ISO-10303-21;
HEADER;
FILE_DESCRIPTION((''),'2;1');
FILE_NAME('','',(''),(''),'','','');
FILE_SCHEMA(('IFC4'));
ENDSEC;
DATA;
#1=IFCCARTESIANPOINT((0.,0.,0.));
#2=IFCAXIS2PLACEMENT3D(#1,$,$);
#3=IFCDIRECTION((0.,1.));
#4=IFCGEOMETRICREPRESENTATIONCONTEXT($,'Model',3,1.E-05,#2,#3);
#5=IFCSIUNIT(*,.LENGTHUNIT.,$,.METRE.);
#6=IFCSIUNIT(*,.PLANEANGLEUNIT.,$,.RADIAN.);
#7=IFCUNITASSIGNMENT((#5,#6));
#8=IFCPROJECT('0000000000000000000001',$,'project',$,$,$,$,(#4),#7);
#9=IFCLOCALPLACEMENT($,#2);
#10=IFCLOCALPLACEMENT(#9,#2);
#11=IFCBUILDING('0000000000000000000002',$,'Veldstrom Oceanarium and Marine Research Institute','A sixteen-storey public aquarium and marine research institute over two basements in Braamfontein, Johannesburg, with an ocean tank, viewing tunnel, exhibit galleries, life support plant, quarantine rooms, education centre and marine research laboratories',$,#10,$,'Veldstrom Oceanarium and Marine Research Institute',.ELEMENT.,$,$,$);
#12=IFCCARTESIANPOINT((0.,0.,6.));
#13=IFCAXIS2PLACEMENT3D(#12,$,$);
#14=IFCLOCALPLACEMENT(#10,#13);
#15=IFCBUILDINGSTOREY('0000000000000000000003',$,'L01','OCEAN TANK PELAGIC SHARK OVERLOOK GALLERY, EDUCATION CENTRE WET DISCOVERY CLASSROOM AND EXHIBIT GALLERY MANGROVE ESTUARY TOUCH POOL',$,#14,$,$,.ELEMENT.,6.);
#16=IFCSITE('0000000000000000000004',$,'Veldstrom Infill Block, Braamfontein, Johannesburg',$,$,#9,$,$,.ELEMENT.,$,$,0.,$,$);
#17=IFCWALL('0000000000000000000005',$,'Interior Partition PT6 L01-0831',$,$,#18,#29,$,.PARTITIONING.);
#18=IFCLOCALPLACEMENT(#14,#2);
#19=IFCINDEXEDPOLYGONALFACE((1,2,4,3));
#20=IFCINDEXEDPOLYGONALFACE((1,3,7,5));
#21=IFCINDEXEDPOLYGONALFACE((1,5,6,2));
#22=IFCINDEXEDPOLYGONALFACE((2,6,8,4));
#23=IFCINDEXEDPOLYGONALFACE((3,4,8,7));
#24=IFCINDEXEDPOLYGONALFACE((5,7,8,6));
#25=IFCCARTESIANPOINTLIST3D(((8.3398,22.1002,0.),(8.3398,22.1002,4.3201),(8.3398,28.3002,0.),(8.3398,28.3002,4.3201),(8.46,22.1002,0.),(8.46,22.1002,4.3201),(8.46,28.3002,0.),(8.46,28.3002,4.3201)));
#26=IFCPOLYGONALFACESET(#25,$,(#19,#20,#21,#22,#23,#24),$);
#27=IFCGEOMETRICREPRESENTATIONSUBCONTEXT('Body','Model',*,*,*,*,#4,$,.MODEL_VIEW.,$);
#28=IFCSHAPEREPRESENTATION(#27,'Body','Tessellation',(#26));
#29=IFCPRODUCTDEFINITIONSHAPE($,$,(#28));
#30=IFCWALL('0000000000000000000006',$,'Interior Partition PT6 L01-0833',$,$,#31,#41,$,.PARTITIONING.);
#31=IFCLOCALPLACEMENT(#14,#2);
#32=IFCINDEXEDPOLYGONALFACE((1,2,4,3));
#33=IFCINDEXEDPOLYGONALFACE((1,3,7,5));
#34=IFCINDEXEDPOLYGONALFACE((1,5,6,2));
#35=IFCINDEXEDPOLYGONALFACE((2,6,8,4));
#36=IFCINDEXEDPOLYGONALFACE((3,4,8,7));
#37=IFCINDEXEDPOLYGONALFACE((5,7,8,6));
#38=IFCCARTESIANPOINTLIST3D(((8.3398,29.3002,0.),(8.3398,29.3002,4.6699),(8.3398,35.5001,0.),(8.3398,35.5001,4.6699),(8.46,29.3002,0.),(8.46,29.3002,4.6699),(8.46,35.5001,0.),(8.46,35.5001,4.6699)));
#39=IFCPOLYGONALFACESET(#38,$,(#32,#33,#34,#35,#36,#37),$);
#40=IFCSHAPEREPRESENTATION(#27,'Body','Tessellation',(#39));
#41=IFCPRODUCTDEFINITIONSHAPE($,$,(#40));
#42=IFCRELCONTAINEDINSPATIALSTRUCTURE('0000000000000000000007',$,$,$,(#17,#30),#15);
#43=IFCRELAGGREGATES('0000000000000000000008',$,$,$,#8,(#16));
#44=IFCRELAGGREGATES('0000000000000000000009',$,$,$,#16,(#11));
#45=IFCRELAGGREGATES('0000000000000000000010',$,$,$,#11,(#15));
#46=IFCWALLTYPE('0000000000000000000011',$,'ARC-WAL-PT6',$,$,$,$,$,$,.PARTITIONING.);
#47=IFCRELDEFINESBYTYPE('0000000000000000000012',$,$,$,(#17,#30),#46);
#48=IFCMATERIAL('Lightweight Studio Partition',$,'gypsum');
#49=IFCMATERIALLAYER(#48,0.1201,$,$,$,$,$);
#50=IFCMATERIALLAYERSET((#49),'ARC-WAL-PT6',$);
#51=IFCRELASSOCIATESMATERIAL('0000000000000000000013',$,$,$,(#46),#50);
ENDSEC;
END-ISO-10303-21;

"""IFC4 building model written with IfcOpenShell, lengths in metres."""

from ifc_helpers import new_model, si_unit, direction, frame, frame_2d, origin, place, context, subcontext, project, spatial, rectangle, extrude, material, layer, layer_set, type_object, element, save


model = new_model("IFC4")

# Units and contexts
model_context = context("Model", 3, precision=1e-05, world=origin(), true_north=direction((0.0, 1.0)))
body_context = subcontext(model_context, "Body", "Model", "MODEL_VIEW")
ifc_project = project(units=[si_unit("LENGTHUNIT", "METRE"), si_unit("PLANEANGLEUNIT", "RADIAN")], contexts=[model_context])

# Site, building, storey
site_placement = place(None, origin())
site = spatial("IfcSite", under=ifc_project, at=site_placement, Name="Veldstrom Infill Block, Braamfontein, Johannesburg", CompositionType="ELEMENT", RefElevation=0.0)
building_placement = place(site_placement, origin())
building = spatial("IfcBuilding", under=site, at=building_placement, Name="Veldstrom Oceanarium and Marine Research Institute", Description="A sixteen-storey public aquarium and marine research institute over two basements in Braamfontein, Johannesburg, with an ocean tank, viewing tunnel, exhibit galleries, life support plant, quarantine rooms, education centre and marine research laboratories", LongName="Veldstrom Oceanarium and Marine Research Institute", CompositionType="ELEMENT")
storey_placement = place(building_placement, frame((0.0, 0.0, 6.0)))
storey = spatial("IfcBuildingStorey", under=building, at=storey_placement, Name="L01", Description="OCEAN TANK PELAGIC SHARK OVERLOOK GALLERY, EDUCATION CENTRE WET DISCOVERY CLASSROOM AND EXHIBIT GALLERY MANGROVE ESTUARY TOUCH POOL", CompositionType="ELEMENT", Elevation=6.0)

# Walls
ifc_material_1 = material(Name="Lightweight Studio Partition", Category="gypsum")
ifc_layer_1 = layer(ifc_material_1, 0.1201)
ifc_layer_set_1 = layer_set([ifc_layer_1], Name="ARC-WAL-PT6")
wall_type_1 = type_object("IfcWallType", Name="ARC-WAL-PT6", PredefinedType="PARTITIONING", material=ifc_layer_set_1)
wall_1_placement = place(storey_placement, frame((8.3999, 22.1001, 0.0), z_axis=(0.0, 0.0, 1.0), x_axis=(0.0, 1.0, 0.0)))
element("IfcWall", 1, at=wall_1_placement, inside=storey, type_object=wall_type_1, Name="Interior Partition PT6 L01-0831", PredefinedType="PARTITIONING", context=body_context, shape_type="SweptSolid", body=[
    extrude(rectangle(XDim=6.2, YDim=0.1201, at=frame_2d((3.1001, 0.0))), origin(), (0.0, 0.0, 1.0), 4.3201),
])
wall_2_placement = place(storey_placement, frame((8.3999, 29.3, 0.0), z_axis=(0.0, 0.0, 1.0), x_axis=(0.0, 1.0, 0.0)))
element("IfcWall", 2, at=wall_2_placement, inside=storey, type_object=wall_type_1, Name="Interior Partition PT6 L01-0833", PredefinedType="PARTITIONING", context=body_context, shape_type="SweptSolid", body=[
    extrude(rectangle(XDim=6.2, YDim=0.1201, at=frame_2d((3.1001, 0.0))), origin(), (0.0, 0.0, 1.0), 4.6699),
])

save(model, "model.ifc")
